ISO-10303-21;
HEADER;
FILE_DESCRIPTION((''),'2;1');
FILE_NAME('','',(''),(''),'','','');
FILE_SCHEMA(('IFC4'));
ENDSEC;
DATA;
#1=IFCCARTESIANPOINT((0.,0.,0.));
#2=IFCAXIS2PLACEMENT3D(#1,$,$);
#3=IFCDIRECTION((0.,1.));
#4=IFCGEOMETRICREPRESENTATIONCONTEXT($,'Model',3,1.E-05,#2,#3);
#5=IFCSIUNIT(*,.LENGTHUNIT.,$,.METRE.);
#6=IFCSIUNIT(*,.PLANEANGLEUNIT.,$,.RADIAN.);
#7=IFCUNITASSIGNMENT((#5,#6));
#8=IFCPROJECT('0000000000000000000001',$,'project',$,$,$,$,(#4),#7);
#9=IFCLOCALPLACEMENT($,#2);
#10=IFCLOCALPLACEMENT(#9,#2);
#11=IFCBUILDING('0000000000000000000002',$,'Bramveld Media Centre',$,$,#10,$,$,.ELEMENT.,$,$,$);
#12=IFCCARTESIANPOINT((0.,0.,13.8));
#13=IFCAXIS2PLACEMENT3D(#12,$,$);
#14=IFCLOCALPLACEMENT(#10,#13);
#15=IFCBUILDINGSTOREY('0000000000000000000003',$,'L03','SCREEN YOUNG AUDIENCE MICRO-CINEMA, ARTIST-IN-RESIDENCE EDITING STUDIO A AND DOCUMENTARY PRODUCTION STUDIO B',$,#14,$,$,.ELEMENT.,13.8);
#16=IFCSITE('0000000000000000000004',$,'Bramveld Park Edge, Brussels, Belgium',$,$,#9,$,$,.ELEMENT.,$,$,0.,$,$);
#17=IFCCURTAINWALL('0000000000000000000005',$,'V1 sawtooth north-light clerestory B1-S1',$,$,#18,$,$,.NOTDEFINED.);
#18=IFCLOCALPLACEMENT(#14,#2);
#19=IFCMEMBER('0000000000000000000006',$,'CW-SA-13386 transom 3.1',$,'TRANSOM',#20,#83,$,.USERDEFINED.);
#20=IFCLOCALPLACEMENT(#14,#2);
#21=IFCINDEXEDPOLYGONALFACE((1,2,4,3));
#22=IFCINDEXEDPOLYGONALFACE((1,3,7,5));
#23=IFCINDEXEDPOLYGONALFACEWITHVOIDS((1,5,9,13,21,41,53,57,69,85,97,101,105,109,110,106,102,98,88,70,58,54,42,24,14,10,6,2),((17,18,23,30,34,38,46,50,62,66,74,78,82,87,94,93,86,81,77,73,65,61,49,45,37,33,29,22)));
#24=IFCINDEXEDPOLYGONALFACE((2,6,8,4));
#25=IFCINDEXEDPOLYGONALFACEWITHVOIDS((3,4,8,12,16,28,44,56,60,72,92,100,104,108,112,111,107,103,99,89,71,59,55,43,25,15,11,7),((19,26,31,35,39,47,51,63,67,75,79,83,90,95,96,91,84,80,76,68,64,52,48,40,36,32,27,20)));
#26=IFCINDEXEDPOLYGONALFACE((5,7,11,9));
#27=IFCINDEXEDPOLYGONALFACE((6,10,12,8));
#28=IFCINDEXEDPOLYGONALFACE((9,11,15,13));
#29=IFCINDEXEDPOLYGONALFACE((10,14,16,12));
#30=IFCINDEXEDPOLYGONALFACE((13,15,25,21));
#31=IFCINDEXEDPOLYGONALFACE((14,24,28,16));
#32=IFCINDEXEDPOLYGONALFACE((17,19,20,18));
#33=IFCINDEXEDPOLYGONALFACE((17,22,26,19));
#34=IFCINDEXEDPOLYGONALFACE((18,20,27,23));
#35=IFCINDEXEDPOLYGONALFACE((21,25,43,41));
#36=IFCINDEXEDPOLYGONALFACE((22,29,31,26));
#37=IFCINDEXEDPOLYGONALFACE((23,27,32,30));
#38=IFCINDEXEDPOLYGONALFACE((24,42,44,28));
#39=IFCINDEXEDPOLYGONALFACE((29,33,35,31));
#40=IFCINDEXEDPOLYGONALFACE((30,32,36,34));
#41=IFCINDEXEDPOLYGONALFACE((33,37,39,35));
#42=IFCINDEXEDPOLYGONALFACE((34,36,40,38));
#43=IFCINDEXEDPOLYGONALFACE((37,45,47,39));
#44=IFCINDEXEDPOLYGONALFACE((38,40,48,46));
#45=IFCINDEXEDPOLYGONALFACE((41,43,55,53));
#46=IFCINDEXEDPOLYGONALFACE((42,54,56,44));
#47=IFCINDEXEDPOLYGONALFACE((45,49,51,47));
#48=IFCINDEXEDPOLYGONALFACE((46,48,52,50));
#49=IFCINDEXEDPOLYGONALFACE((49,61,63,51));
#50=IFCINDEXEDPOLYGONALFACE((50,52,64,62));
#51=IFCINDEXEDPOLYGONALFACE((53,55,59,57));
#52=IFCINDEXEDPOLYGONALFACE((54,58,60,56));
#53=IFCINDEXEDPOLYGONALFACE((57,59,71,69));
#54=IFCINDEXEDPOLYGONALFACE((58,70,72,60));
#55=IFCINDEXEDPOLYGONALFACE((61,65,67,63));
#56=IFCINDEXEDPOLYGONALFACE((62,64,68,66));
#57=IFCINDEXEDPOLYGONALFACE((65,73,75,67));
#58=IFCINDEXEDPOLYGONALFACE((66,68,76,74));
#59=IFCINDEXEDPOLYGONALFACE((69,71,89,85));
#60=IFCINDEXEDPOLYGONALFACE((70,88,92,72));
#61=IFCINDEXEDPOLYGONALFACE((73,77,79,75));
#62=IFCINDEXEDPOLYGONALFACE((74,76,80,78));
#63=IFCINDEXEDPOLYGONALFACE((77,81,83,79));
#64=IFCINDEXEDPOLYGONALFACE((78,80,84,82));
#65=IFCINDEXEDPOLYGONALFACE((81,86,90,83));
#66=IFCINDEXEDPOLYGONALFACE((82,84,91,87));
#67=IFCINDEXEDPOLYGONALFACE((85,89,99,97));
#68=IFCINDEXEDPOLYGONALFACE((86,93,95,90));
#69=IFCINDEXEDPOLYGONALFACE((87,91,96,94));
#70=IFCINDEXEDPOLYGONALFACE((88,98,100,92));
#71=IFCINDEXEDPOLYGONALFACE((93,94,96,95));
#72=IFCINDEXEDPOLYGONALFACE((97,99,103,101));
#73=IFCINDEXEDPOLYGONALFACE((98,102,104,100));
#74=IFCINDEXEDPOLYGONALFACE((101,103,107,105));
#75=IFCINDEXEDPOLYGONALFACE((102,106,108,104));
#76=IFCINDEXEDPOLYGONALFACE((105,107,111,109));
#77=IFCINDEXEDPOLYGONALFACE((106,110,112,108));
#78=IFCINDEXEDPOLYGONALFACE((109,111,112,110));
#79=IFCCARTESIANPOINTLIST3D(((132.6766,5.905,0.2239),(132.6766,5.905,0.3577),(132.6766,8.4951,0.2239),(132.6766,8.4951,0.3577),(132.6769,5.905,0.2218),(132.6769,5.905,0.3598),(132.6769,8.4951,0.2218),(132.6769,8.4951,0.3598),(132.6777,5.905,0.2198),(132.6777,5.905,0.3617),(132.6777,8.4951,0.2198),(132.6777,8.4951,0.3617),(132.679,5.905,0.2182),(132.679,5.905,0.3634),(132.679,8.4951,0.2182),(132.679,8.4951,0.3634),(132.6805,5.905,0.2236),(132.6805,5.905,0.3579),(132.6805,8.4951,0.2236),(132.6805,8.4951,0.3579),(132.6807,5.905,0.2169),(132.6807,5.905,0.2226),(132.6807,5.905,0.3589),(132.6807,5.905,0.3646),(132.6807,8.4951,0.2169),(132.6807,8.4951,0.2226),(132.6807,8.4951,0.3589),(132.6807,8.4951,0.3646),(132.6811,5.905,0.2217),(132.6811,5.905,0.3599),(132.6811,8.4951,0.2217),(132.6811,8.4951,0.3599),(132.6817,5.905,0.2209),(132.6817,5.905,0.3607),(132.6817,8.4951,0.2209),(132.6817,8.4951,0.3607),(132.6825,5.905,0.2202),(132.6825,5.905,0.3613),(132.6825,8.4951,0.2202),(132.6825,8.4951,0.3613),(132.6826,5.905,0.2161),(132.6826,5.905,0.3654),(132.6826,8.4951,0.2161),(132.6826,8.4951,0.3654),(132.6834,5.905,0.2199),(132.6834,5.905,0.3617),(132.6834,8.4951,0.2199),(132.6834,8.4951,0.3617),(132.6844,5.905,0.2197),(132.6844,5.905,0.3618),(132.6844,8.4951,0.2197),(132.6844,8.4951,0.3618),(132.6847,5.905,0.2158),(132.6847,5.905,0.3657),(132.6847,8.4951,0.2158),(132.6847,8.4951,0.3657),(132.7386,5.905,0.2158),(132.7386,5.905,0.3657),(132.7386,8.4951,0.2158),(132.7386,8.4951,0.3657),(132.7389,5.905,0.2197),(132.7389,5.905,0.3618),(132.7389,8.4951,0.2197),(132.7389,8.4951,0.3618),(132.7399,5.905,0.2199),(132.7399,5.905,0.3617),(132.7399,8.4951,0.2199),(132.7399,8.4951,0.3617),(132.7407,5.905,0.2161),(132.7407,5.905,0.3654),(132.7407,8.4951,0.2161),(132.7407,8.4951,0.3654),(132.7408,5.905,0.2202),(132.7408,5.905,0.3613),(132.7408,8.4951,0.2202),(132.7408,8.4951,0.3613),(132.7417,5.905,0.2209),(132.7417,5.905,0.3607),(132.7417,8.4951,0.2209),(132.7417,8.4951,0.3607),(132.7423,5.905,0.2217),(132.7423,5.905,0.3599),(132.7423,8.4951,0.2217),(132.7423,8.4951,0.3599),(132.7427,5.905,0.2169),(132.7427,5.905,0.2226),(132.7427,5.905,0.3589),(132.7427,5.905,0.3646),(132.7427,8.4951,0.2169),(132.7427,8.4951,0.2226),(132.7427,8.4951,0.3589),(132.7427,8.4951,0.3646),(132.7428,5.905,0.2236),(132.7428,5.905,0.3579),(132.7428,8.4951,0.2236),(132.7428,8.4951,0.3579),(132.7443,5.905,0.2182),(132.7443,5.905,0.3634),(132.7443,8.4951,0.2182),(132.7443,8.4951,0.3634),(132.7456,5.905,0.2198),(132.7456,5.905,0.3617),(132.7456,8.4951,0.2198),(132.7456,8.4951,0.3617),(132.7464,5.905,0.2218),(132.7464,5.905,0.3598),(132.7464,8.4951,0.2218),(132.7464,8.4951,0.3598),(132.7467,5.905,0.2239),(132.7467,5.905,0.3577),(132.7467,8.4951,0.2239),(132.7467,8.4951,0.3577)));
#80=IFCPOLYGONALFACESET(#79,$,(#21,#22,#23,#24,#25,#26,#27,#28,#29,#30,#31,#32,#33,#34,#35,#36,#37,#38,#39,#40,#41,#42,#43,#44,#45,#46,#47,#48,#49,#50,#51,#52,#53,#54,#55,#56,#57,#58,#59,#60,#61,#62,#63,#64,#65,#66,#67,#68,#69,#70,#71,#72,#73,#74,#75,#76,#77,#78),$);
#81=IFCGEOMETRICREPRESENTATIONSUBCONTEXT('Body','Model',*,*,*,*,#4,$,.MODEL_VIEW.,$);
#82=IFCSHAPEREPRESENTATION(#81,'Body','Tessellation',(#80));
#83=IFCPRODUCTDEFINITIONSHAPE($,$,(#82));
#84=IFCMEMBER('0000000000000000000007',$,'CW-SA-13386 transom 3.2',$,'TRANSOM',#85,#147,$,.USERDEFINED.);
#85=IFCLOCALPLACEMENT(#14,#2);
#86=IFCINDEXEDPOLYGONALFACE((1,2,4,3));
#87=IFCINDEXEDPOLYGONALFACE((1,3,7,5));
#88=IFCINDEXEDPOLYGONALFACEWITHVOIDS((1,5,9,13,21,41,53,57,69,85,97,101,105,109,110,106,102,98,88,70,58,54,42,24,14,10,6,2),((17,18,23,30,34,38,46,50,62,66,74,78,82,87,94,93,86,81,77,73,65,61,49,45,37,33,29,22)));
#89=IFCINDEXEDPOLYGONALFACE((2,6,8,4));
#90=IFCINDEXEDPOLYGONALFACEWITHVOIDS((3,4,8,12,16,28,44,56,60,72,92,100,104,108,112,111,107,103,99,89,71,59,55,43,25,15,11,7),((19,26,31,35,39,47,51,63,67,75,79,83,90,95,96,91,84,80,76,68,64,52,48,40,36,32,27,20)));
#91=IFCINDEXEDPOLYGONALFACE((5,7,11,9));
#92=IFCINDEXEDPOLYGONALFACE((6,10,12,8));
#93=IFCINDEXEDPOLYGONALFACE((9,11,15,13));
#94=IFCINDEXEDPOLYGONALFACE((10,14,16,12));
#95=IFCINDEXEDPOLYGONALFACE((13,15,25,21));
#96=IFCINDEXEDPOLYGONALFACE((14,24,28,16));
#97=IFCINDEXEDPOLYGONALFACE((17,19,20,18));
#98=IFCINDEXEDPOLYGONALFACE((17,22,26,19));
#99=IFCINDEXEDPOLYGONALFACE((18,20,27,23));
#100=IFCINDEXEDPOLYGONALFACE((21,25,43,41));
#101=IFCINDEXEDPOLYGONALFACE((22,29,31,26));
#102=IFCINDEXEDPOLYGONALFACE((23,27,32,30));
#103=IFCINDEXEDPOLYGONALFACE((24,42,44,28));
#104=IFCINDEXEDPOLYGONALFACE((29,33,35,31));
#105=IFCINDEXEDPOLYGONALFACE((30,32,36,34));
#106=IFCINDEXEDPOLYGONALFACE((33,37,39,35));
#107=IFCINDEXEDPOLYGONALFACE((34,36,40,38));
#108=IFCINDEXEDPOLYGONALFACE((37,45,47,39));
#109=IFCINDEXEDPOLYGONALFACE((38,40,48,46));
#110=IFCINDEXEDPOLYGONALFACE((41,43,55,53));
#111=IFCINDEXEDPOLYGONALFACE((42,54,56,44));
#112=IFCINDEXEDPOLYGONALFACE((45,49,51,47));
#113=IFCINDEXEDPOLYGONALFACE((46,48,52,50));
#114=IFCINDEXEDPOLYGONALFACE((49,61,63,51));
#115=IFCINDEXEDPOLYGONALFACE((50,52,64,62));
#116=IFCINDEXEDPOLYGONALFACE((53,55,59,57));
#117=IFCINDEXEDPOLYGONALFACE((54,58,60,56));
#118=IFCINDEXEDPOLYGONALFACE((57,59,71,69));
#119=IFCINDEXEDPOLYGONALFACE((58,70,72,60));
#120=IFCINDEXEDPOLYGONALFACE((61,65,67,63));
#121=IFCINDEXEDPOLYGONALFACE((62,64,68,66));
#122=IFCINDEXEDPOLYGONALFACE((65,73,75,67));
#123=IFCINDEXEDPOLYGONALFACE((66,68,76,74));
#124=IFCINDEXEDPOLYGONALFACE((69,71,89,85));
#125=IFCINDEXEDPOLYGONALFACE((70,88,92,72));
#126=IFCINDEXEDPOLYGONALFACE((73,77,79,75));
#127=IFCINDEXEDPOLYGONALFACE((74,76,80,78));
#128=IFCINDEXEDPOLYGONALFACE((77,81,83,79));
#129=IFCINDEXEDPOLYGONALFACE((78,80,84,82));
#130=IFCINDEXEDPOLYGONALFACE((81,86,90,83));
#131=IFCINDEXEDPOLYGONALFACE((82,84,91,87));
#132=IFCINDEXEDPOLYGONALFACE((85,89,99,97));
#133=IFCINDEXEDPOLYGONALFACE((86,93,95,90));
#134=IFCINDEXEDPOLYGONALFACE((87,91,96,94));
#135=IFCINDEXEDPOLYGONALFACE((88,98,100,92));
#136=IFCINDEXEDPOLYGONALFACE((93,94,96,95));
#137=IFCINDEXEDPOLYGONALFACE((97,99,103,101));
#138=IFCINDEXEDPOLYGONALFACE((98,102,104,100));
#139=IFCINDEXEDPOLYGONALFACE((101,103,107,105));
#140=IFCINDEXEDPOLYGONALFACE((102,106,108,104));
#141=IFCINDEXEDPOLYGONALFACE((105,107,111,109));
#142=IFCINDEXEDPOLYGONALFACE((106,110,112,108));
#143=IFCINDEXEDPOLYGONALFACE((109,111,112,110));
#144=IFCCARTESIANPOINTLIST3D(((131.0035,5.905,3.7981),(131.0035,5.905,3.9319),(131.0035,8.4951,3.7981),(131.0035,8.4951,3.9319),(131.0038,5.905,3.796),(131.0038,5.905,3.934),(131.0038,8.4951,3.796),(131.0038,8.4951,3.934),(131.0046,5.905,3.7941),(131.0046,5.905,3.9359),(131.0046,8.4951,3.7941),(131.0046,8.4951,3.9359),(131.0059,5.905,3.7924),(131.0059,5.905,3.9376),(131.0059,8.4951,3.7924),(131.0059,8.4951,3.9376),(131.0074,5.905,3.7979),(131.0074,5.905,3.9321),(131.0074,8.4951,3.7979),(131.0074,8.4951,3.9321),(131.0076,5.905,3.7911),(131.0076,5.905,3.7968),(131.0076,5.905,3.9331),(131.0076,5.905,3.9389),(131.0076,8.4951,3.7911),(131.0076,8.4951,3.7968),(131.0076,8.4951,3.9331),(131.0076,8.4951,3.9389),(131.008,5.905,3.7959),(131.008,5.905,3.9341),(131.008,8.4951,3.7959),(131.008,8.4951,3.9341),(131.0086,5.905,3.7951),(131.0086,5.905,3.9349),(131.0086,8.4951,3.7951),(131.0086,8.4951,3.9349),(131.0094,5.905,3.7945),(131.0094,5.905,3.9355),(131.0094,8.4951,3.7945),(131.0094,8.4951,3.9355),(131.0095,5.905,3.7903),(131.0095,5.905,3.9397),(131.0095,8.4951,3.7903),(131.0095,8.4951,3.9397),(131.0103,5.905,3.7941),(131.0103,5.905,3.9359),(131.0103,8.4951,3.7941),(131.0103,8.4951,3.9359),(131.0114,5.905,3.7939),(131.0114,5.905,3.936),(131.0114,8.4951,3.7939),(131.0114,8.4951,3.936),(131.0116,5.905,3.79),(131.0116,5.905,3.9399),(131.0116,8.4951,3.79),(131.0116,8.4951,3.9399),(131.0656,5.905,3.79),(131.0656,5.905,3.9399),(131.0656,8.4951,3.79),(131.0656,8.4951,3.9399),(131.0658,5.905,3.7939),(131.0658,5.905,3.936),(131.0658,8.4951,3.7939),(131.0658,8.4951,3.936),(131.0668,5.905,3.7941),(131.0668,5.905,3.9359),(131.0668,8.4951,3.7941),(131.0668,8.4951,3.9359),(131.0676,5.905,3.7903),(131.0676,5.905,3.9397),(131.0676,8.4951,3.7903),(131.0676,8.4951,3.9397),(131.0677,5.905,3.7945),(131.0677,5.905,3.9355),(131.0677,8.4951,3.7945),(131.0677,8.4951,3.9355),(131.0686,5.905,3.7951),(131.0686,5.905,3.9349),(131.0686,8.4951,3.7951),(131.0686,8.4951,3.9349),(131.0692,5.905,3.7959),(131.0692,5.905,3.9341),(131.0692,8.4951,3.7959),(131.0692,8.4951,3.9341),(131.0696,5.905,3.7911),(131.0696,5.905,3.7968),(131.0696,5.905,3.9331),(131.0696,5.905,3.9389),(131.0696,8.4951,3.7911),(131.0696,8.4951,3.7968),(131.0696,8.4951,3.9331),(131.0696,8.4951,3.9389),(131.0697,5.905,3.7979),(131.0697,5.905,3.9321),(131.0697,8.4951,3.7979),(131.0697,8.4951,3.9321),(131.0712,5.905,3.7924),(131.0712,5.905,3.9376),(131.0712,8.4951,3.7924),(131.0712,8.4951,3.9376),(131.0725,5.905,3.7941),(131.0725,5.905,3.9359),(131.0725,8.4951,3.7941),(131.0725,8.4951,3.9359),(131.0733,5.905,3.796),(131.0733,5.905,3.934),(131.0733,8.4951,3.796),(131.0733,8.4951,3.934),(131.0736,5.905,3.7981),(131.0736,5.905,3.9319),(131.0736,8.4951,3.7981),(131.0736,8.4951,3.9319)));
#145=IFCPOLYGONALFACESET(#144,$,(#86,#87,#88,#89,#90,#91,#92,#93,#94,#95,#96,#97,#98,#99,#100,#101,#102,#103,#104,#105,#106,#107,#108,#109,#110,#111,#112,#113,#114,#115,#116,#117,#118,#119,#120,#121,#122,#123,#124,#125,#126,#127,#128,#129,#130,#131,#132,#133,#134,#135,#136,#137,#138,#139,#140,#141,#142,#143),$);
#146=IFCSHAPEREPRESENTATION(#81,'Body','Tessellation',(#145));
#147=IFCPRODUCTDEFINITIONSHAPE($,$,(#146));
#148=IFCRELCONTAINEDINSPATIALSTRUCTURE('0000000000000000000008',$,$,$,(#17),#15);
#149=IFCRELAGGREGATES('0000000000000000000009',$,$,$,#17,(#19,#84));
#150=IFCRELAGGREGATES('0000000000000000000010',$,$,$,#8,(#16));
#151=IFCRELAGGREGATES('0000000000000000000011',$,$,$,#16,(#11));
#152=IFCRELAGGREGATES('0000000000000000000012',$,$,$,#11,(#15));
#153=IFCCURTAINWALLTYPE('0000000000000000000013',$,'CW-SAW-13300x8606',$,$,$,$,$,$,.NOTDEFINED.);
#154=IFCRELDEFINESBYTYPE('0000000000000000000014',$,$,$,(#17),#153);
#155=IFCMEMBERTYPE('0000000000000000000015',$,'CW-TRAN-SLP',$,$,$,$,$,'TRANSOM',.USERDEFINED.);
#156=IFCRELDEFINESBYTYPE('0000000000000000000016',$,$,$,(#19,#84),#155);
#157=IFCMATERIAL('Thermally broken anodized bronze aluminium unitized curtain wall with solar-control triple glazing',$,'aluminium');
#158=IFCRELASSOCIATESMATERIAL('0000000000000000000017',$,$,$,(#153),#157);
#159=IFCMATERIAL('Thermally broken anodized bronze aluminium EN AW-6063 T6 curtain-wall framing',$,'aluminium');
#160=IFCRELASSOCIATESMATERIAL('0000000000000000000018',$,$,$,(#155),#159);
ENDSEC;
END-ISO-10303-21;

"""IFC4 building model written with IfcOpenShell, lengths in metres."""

from ifc_helpers import new_model, si_unit, direction, frame, origin, origin_2d, place, context, subcontext, project, spatial, hollow_rectangle, extrude, material, material_profile, profile_set, type_object, element, aggregate, save


model = new_model("IFC4")

# Units and contexts
model_context = context("Model", 3, precision=1e-05, world=origin(), true_north=direction((0.0, 1.0)))
body_context = subcontext(model_context, "Body", "Model", "MODEL_VIEW")
ifc_project = project(units=[si_unit("LENGTHUNIT", "METRE"), si_unit("PLANEANGLEUNIT", "RADIAN")], contexts=[model_context])

# Site, building, storey
site_placement = place(None, origin())
site = spatial("IfcSite", under=ifc_project, at=site_placement, Name="Bramveld Park Edge, Brussels, Belgium", CompositionType="ELEMENT", RefElevation=0.0)
building_placement = place(site_placement, origin())
building = spatial("IfcBuilding", under=site, at=building_placement, Name="Bramveld Media Centre", CompositionType="ELEMENT")
storey_placement = place(building_placement, frame((0.0, 0.0, 13.8)))
storey = spatial("IfcBuildingStorey", under=building, at=storey_placement, Name="L03", Description="SCREEN YOUNG AUDIENCE MICRO-CINEMA, ARTIST-IN-RESIDENCE EDITING STUDIO A AND DOCUMENTARY PRODUCTION STUDIO B", CompositionType="ELEMENT", Elevation=13.8)

# Curtain wall, members
ifc_material_1 = material(Name="Thermally broken anodized bronze aluminium unitized curtain wall with solar-control triple glazing", Category="aluminium")
curtain_wall_type = type_object("IfcCurtainWallType", Name="CW-SAW-13300x8606", PredefinedType="NOTDEFINED", material=ifc_material_1)
curtain_wall_placement = place(storey_placement, origin())
curtain_wall = element("IfcCurtainWall", 1, at=curtain_wall_placement, inside=storey, type_object=curtain_wall_type, Name="V1 sawtooth north-light clerestory B1-S1", PredefinedType="NOTDEFINED")
ifc_material_2 = material(Name="Thermally broken anodized bronze aluminium EN AW-6063 T6 curtain-wall framing", Category="aluminium")
ifc_material_profile_1 = material_profile(ifc_material_2, hollow_rectangle(XDim=0.0701, YDim=0.1499, WallThickness=0.0039, InnerFilletRadius=0.0039, OuterFilletRadius=0.0081, at=origin_2d()), Name="AL-TRAN 70x150")
ifc_profile_set_1 = profile_set([ifc_material_profile_1], Name="Thermally broken anodized bronze aluminium EN AW-6063 T6 curtain-wall framing")
member_type = type_object("IfcMemberType", Name="CW-TRAN-SLP", ElementType="TRANSOM", PredefinedType="USERDEFINED", material=ifc_profile_set_1)
member_1_placement = place(storey_placement, frame((132.7117, 5.905, 0.2908), z_axis=(0.0, 1.0, 0.0), x_axis=(-1.0, 0.0, 0.0)))
member_1 = element("IfcMember", 2, at=member_1_placement, type_object=member_type, Name="CW-SA-13386 transom 3.1", ObjectType="TRANSOM", PredefinedType="USERDEFINED", context=body_context, shape_type="SweptSolid", body=[
    extrude(hollow_rectangle(XDim=0.0701, YDim=0.1499, WallThickness=0.0039, InnerFilletRadius=0.0039, OuterFilletRadius=0.0081, at=origin_2d()), origin(), (0.0, 0.0, 1.0), 2.5901),
])
member_2_placement = place(storey_placement, frame((131.0386, 5.905, 3.865), z_axis=(0.0, 1.0, 0.0), x_axis=(-1.0, 0.0, 0.0)))
member_2 = element("IfcMember", 3, at=member_2_placement, type_object=member_type, Name="CW-SA-13386 transom 3.2", ObjectType="TRANSOM", PredefinedType="USERDEFINED", context=body_context, shape_type="SweptSolid", body=[
    extrude(hollow_rectangle(XDim=0.0701, YDim=0.1499, WallThickness=0.0039, InnerFilletRadius=0.0039, OuterFilletRadius=0.0081, at=origin_2d()), origin(), (0.0, 0.0, 1.0), 2.5901),
])

aggregate(curtain_wall, [member_1, member_2])

save(model, "model.ifc")
